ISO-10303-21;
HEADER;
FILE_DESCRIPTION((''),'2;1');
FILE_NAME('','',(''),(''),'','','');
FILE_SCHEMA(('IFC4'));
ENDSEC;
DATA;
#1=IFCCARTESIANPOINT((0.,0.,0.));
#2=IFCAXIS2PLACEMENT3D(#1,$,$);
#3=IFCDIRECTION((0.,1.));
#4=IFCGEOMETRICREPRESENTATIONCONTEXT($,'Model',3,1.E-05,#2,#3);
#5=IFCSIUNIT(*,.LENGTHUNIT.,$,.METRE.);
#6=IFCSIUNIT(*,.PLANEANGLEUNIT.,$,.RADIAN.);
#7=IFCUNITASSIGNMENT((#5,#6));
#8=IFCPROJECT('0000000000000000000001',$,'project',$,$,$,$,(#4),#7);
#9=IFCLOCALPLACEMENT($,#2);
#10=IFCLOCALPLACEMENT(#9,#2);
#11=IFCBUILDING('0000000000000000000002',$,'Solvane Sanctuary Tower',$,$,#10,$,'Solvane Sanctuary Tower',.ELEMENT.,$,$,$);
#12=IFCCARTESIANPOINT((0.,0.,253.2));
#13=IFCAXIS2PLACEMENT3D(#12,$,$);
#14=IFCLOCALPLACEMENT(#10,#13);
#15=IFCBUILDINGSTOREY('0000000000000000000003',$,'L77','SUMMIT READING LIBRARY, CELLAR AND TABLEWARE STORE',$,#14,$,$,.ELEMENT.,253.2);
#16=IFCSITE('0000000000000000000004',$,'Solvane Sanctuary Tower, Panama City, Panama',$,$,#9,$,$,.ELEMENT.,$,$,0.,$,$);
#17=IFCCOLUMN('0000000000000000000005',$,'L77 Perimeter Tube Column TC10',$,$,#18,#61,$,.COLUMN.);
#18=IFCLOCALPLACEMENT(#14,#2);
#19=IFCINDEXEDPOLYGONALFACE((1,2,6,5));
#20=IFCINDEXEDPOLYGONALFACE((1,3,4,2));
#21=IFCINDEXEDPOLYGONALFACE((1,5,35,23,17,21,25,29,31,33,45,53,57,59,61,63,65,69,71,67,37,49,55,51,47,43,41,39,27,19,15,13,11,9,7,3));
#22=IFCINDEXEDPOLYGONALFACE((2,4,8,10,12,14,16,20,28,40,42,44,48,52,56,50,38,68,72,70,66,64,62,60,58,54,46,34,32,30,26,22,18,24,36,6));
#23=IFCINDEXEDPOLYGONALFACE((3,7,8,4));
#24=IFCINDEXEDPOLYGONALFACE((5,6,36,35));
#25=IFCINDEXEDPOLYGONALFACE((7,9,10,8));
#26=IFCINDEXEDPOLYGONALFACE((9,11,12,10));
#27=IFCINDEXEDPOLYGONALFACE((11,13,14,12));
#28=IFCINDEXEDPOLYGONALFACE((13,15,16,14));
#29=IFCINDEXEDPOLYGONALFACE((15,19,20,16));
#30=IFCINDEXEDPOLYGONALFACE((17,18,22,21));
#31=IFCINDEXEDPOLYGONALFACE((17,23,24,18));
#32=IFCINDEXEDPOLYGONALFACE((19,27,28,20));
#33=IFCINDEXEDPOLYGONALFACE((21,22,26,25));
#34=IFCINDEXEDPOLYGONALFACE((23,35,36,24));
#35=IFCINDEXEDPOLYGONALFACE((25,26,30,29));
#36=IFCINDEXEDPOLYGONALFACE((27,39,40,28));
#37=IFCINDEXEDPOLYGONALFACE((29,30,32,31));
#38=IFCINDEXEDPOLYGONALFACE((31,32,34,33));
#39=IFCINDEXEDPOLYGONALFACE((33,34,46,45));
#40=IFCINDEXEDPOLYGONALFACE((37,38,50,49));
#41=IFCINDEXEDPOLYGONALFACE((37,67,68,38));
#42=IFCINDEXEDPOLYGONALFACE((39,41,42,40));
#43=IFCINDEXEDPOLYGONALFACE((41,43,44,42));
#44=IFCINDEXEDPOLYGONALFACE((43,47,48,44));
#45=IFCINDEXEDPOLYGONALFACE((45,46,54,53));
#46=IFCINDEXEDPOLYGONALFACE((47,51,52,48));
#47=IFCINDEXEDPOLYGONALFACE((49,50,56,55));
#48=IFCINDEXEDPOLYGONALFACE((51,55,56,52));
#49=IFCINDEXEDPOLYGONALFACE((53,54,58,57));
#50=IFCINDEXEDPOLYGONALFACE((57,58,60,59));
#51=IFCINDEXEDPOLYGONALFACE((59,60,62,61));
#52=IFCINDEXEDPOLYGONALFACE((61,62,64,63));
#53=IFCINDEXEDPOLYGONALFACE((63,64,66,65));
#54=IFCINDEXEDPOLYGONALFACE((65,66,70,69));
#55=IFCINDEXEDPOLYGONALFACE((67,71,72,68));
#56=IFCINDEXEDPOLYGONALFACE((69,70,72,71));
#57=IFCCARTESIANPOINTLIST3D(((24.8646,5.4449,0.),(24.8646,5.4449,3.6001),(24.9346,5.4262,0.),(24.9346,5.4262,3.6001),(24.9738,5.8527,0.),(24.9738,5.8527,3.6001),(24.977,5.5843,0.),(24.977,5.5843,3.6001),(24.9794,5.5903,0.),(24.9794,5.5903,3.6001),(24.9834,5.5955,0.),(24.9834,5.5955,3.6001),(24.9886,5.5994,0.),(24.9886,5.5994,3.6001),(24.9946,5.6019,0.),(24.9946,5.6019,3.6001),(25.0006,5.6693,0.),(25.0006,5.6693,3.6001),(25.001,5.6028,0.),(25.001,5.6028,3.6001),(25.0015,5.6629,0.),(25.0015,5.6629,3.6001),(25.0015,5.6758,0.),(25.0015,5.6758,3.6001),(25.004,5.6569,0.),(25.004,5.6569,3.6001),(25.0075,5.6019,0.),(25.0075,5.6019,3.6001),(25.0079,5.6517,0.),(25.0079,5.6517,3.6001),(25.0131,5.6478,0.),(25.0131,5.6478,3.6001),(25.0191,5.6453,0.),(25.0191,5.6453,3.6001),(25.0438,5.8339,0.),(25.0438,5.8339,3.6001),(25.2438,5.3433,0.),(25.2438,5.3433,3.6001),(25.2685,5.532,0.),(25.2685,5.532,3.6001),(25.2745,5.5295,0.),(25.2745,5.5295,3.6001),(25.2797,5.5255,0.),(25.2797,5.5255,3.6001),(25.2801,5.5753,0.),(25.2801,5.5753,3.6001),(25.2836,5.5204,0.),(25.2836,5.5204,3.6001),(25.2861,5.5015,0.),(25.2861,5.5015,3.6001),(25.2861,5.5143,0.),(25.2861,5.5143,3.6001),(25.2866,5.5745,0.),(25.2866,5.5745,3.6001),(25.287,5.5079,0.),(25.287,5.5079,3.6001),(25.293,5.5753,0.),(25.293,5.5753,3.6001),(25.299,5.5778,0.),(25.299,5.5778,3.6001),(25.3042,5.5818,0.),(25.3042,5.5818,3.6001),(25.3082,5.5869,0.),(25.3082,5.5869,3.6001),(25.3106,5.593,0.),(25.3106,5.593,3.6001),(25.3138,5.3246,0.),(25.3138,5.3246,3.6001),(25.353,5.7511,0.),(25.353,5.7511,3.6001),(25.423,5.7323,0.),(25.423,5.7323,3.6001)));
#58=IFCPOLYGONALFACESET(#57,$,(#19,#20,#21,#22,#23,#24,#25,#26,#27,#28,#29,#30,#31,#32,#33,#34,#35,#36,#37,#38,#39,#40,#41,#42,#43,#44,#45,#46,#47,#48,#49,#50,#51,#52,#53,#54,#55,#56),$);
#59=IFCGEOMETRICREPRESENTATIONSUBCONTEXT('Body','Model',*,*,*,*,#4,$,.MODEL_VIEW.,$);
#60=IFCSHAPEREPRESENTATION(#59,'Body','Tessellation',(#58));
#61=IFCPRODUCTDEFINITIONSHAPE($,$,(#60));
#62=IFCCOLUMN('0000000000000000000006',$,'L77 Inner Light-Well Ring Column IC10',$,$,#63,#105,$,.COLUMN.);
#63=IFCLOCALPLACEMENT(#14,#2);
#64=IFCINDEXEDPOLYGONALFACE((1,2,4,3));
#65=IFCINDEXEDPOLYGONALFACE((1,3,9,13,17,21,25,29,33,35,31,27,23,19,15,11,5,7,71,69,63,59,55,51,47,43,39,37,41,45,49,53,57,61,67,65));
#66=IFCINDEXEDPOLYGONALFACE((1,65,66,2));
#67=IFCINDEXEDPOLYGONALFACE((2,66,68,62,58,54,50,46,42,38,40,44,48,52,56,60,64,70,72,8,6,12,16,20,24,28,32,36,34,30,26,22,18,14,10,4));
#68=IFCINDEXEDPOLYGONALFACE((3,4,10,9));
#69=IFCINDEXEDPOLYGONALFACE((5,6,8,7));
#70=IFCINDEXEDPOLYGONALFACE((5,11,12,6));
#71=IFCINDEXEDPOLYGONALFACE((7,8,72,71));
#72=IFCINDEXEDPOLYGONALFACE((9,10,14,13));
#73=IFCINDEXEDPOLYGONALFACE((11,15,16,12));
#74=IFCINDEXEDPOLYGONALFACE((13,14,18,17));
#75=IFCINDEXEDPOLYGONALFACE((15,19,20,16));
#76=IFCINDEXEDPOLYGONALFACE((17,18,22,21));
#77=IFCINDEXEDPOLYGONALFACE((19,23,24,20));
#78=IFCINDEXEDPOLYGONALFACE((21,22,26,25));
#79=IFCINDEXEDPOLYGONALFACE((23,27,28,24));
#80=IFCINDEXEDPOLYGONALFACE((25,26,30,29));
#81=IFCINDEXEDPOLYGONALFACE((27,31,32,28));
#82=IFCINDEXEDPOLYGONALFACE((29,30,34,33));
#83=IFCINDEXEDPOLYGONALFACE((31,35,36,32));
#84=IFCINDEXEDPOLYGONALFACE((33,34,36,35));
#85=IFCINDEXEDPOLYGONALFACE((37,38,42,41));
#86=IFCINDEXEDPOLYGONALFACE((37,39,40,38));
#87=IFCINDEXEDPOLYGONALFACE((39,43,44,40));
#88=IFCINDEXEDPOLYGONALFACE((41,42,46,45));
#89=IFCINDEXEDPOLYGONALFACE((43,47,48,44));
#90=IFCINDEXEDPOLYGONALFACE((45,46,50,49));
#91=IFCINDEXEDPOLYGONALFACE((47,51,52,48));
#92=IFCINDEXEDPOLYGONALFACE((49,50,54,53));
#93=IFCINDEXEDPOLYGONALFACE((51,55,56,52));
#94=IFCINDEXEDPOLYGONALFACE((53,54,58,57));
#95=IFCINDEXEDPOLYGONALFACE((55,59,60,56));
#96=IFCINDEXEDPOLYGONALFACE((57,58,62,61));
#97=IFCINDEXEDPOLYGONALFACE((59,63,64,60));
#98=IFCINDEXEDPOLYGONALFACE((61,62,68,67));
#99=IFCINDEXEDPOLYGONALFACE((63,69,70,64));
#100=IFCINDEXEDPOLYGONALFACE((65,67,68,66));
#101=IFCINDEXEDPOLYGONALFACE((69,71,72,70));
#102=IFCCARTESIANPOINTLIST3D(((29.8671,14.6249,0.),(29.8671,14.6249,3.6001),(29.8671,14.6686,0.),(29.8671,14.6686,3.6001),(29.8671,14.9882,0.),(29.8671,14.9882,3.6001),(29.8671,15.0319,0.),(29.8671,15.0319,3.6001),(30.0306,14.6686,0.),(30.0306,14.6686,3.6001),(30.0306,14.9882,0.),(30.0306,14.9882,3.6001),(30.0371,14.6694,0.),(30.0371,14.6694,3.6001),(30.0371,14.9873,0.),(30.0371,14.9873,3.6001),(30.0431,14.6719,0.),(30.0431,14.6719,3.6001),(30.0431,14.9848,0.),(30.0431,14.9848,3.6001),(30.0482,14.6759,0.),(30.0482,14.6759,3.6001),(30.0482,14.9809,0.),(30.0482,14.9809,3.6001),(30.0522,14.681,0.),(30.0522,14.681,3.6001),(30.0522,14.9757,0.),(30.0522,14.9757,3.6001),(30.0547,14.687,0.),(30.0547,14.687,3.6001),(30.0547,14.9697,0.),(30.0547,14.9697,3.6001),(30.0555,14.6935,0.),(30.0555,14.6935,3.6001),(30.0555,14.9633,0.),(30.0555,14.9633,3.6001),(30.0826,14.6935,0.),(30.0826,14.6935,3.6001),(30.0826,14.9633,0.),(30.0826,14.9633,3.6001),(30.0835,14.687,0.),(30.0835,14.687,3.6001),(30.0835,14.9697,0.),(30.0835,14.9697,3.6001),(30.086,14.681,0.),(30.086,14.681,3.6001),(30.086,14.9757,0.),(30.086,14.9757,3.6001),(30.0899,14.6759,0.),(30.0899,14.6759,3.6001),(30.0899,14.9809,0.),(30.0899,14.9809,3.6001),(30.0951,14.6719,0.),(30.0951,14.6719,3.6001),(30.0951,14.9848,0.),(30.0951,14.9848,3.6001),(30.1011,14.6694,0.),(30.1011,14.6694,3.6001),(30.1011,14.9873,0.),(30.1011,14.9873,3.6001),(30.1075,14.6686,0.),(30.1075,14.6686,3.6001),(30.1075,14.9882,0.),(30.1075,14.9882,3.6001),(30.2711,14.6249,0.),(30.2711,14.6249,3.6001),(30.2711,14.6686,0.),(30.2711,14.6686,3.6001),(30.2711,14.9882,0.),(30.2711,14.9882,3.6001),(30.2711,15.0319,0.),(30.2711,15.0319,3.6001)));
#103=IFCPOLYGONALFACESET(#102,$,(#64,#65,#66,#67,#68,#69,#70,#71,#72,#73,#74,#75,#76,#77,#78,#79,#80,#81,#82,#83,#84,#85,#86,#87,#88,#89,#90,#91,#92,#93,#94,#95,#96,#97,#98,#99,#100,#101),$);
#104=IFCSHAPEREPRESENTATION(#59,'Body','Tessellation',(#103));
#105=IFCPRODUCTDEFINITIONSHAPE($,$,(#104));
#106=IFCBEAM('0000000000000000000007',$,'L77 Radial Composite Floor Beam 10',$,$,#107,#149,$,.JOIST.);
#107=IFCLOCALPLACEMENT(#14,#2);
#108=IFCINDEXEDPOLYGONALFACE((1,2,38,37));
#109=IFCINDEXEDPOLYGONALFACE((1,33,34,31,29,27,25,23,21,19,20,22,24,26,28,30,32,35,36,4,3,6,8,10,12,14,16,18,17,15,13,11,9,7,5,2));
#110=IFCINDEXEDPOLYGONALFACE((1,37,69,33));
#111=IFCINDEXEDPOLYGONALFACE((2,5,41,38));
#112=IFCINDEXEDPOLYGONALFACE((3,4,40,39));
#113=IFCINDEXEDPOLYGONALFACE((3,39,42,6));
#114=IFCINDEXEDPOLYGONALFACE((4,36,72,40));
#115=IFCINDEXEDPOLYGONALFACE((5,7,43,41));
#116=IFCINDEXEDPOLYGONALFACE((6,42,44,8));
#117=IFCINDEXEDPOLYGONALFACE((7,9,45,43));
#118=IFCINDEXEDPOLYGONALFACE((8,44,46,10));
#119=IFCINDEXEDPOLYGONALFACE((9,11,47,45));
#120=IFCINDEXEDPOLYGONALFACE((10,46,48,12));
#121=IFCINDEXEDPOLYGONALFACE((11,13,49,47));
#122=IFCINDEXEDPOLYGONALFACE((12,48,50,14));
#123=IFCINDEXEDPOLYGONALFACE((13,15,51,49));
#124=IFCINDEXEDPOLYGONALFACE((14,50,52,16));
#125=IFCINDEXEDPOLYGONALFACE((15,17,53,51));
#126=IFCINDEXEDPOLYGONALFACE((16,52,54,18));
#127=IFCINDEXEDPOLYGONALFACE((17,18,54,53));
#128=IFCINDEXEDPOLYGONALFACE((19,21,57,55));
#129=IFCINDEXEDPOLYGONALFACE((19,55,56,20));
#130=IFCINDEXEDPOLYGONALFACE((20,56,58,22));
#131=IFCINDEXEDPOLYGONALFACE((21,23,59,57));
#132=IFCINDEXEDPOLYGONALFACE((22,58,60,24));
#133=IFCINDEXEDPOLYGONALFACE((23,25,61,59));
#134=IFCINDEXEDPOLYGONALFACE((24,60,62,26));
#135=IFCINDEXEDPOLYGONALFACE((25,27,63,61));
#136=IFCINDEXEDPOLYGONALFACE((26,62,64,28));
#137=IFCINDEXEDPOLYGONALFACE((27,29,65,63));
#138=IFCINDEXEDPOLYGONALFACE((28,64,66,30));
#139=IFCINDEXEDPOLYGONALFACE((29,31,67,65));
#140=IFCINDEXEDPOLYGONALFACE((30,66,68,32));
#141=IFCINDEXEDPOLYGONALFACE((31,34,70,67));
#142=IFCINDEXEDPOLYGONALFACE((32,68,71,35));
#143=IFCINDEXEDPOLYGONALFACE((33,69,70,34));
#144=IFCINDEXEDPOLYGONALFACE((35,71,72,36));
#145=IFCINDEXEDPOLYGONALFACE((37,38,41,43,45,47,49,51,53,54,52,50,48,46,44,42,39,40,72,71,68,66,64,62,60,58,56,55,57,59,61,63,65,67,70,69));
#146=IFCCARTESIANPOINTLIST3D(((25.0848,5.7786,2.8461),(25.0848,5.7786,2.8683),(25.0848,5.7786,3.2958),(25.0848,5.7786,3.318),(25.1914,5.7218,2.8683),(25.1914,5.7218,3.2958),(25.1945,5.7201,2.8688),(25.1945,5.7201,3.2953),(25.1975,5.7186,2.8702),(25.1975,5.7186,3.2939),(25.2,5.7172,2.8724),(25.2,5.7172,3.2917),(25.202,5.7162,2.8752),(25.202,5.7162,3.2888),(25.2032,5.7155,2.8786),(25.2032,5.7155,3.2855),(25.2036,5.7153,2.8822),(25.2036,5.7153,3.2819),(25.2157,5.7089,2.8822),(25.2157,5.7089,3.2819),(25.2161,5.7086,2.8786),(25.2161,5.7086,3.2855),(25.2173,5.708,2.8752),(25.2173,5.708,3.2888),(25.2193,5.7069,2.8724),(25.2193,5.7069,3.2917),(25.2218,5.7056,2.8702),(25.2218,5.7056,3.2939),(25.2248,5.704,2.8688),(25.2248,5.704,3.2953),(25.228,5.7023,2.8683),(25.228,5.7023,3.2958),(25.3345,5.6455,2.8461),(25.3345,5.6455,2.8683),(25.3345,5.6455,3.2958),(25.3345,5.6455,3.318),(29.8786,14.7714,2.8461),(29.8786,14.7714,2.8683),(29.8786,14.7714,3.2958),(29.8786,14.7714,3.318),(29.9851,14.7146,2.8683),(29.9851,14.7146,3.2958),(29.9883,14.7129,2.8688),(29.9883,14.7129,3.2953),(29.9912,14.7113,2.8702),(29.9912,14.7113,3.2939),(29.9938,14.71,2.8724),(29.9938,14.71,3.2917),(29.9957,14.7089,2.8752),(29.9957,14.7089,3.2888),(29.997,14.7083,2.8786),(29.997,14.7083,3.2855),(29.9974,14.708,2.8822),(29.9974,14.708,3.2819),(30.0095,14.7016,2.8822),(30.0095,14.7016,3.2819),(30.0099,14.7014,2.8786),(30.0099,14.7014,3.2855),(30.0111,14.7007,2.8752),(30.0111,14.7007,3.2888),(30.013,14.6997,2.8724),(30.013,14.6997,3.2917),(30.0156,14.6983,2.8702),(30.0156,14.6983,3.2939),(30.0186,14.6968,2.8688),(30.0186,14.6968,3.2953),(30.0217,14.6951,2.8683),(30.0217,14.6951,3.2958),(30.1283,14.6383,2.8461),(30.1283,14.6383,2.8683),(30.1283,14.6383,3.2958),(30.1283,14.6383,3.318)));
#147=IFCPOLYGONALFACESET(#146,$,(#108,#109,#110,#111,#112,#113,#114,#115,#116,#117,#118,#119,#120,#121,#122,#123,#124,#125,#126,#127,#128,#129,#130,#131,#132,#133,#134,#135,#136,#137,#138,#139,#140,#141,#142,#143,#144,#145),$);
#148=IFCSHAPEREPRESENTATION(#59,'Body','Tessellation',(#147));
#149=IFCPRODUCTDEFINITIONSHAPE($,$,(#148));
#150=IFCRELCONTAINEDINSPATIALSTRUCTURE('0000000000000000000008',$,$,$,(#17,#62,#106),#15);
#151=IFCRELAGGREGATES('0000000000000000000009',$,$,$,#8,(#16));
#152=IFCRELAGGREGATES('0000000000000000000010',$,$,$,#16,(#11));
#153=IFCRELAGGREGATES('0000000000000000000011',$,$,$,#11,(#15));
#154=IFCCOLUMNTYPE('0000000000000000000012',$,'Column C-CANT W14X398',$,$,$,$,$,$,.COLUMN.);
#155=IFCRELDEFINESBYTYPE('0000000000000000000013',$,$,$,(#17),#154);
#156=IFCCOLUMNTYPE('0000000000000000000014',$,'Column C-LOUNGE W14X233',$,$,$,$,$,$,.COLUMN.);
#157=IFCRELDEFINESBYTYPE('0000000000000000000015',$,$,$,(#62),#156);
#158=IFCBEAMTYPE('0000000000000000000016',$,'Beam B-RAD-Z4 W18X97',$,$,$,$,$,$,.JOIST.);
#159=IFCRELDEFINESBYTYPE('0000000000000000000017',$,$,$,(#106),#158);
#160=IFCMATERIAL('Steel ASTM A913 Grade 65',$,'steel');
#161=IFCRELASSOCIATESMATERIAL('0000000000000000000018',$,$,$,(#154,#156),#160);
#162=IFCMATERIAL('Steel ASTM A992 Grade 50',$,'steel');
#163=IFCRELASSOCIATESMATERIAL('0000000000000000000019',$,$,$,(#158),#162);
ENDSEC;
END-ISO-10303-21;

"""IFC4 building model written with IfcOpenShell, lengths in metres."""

from ifc_helpers import new_model, si_unit, direction, frame, origin, origin_2d, place, context, subcontext, project, spatial, i_section, extrude, material, material_profile, profile_set, type_object, element, save


model = new_model("IFC4")

# Units and contexts
model_context = context("Model", 3, precision=1e-05, world=origin(), true_north=direction((0.0, 1.0)))
body_context = subcontext(model_context, "Body", "Model", "MODEL_VIEW")
ifc_project = project(units=[si_unit("LENGTHUNIT", "METRE"), si_unit("PLANEANGLEUNIT", "RADIAN")], contexts=[model_context])

# Site, building, storey
site_placement = place(None, origin())
site = spatial("IfcSite", under=ifc_project, at=site_placement, Name="Solvane Sanctuary Tower, Panama City, Panama", CompositionType="ELEMENT", RefElevation=0.0)
building_placement = place(site_placement, origin())
building = spatial("IfcBuilding", under=site, at=building_placement, Name="Solvane Sanctuary Tower", LongName="Solvane Sanctuary Tower", CompositionType="ELEMENT")
storey_placement = place(building_placement, frame((0.0, 0.0, 253.2)))
storey = spatial("IfcBuildingStorey", under=building, at=storey_placement, Name="L77", Description="SUMMIT READING LIBRARY, CELLAR AND TABLEWARE STORE", CompositionType="ELEMENT", Elevation=253.2)

# Columns
ifc_material_1 = material(Name="Steel ASTM A913 Grade 65", Category="steel")
ifc_material_profile_1 = material_profile(ifc_material_1, i_section(OverallWidth=0.4221, OverallDepth=0.4651, WebThickness=0.0449, FlangeThickness=0.0725, FilletRadius=0.0249, at=origin_2d()), Name="W14X398")
ifc_profile_set_1 = profile_set([ifc_material_profile_1], Name="Steel ASTM A913 Grade 65")
column_type_1 = type_object("IfcColumnType", Name="Column C-CANT W14X398", PredefinedType="COLUMN", material=ifc_profile_set_1)
column_1_placement = place(storey_placement, frame((25.1438, 5.5886, 0.0), z_axis=(0.0, 0.0, 1.0), x_axis=(-0.258819, -0.965926, 0.0)))
element("IfcColumn", 1, at=column_1_placement, inside=storey, type_object=column_type_1, Name="L77 Perimeter Tube Column TC10", PredefinedType="COLUMN", context=body_context, shape_type="SweptSolid", body=[
    extrude(i_section(OverallWidth=0.4221, OverallDepth=0.4651, WebThickness=0.0449, FlangeThickness=0.0725, FilletRadius=0.0249, at=origin_2d()), origin(), (0.0, 0.0, 1.0), 3.6001),
])
ifc_material_profile_2 = material_profile(ifc_material_1, i_section(OverallWidth=0.4041, OverallDepth=0.407, WebThickness=0.0271, FlangeThickness=0.0437, FilletRadius=0.0249, at=origin_2d()), Name="W14X233")
ifc_profile_set_2 = profile_set([ifc_material_profile_2], Name="Steel ASTM A913 Grade 65")
column_type_2 = type_object("IfcColumnType", Name="Column C-LOUNGE W14X233", PredefinedType="COLUMN", material=ifc_profile_set_2)
column_2_placement = place(storey_placement, frame((30.0691, 14.8284, 0.0), z_axis=(0.0, 0.0, 1.0), x_axis=(1.0, 0.0, 0.0)))
element("IfcColumn", 2, at=column_2_placement, inside=storey, type_object=column_type_2, Name="L77 Inner Light-Well Ring Column IC10", PredefinedType="COLUMN", context=body_context, shape_type="SweptSolid", body=[
    extrude(i_section(OverallWidth=0.4041, OverallDepth=0.407, WebThickness=0.0271, FlangeThickness=0.0437, FilletRadius=0.0249, at=origin_2d()), origin(), (0.0, 0.0, 1.0), 3.6001),
])

# Beam
ifc_material_2 = material(Name="Steel ASTM A992 Grade 50", Category="steel")
ifc_material_profile_3 = material_profile(ifc_material_2, i_section(OverallWidth=0.283, OverallDepth=0.4719, WebThickness=0.0137, FlangeThickness=0.0222, FilletRadius=0.0139, at=origin_2d()), Name="W18X97")
ifc_profile_set_3 = profile_set([ifc_material_profile_3], Name="Steel ASTM A992 Grade 50")
beam_type_1 = type_object("IfcBeamType", Name="Beam B-RAD-Z4 W18X97", PredefinedType="JOIST", material=ifc_profile_set_3)
beam_1_placement = place(storey_placement, frame((30.0034, 14.7048, 3.082), z_axis=(-0.470405, -0.88245, 0.0), x_axis=(0.88245, -0.470405, 0.0)))
element("IfcBeam", 3, at=beam_1_placement, inside=storey, type_object=beam_type_1, Name="L77 Radial Composite Floor Beam 10", PredefinedType="JOIST", context=body_context, shape_type="SweptSolid", body=[
    extrude(i_section(OverallWidth=0.283, OverallDepth=0.4719, WebThickness=0.0137, FlangeThickness=0.0222, FilletRadius=0.0139, at=origin_2d()), origin(), (0.0, 0.0, 1.0), 10.1907),
])

save(model, "model.ifc")
